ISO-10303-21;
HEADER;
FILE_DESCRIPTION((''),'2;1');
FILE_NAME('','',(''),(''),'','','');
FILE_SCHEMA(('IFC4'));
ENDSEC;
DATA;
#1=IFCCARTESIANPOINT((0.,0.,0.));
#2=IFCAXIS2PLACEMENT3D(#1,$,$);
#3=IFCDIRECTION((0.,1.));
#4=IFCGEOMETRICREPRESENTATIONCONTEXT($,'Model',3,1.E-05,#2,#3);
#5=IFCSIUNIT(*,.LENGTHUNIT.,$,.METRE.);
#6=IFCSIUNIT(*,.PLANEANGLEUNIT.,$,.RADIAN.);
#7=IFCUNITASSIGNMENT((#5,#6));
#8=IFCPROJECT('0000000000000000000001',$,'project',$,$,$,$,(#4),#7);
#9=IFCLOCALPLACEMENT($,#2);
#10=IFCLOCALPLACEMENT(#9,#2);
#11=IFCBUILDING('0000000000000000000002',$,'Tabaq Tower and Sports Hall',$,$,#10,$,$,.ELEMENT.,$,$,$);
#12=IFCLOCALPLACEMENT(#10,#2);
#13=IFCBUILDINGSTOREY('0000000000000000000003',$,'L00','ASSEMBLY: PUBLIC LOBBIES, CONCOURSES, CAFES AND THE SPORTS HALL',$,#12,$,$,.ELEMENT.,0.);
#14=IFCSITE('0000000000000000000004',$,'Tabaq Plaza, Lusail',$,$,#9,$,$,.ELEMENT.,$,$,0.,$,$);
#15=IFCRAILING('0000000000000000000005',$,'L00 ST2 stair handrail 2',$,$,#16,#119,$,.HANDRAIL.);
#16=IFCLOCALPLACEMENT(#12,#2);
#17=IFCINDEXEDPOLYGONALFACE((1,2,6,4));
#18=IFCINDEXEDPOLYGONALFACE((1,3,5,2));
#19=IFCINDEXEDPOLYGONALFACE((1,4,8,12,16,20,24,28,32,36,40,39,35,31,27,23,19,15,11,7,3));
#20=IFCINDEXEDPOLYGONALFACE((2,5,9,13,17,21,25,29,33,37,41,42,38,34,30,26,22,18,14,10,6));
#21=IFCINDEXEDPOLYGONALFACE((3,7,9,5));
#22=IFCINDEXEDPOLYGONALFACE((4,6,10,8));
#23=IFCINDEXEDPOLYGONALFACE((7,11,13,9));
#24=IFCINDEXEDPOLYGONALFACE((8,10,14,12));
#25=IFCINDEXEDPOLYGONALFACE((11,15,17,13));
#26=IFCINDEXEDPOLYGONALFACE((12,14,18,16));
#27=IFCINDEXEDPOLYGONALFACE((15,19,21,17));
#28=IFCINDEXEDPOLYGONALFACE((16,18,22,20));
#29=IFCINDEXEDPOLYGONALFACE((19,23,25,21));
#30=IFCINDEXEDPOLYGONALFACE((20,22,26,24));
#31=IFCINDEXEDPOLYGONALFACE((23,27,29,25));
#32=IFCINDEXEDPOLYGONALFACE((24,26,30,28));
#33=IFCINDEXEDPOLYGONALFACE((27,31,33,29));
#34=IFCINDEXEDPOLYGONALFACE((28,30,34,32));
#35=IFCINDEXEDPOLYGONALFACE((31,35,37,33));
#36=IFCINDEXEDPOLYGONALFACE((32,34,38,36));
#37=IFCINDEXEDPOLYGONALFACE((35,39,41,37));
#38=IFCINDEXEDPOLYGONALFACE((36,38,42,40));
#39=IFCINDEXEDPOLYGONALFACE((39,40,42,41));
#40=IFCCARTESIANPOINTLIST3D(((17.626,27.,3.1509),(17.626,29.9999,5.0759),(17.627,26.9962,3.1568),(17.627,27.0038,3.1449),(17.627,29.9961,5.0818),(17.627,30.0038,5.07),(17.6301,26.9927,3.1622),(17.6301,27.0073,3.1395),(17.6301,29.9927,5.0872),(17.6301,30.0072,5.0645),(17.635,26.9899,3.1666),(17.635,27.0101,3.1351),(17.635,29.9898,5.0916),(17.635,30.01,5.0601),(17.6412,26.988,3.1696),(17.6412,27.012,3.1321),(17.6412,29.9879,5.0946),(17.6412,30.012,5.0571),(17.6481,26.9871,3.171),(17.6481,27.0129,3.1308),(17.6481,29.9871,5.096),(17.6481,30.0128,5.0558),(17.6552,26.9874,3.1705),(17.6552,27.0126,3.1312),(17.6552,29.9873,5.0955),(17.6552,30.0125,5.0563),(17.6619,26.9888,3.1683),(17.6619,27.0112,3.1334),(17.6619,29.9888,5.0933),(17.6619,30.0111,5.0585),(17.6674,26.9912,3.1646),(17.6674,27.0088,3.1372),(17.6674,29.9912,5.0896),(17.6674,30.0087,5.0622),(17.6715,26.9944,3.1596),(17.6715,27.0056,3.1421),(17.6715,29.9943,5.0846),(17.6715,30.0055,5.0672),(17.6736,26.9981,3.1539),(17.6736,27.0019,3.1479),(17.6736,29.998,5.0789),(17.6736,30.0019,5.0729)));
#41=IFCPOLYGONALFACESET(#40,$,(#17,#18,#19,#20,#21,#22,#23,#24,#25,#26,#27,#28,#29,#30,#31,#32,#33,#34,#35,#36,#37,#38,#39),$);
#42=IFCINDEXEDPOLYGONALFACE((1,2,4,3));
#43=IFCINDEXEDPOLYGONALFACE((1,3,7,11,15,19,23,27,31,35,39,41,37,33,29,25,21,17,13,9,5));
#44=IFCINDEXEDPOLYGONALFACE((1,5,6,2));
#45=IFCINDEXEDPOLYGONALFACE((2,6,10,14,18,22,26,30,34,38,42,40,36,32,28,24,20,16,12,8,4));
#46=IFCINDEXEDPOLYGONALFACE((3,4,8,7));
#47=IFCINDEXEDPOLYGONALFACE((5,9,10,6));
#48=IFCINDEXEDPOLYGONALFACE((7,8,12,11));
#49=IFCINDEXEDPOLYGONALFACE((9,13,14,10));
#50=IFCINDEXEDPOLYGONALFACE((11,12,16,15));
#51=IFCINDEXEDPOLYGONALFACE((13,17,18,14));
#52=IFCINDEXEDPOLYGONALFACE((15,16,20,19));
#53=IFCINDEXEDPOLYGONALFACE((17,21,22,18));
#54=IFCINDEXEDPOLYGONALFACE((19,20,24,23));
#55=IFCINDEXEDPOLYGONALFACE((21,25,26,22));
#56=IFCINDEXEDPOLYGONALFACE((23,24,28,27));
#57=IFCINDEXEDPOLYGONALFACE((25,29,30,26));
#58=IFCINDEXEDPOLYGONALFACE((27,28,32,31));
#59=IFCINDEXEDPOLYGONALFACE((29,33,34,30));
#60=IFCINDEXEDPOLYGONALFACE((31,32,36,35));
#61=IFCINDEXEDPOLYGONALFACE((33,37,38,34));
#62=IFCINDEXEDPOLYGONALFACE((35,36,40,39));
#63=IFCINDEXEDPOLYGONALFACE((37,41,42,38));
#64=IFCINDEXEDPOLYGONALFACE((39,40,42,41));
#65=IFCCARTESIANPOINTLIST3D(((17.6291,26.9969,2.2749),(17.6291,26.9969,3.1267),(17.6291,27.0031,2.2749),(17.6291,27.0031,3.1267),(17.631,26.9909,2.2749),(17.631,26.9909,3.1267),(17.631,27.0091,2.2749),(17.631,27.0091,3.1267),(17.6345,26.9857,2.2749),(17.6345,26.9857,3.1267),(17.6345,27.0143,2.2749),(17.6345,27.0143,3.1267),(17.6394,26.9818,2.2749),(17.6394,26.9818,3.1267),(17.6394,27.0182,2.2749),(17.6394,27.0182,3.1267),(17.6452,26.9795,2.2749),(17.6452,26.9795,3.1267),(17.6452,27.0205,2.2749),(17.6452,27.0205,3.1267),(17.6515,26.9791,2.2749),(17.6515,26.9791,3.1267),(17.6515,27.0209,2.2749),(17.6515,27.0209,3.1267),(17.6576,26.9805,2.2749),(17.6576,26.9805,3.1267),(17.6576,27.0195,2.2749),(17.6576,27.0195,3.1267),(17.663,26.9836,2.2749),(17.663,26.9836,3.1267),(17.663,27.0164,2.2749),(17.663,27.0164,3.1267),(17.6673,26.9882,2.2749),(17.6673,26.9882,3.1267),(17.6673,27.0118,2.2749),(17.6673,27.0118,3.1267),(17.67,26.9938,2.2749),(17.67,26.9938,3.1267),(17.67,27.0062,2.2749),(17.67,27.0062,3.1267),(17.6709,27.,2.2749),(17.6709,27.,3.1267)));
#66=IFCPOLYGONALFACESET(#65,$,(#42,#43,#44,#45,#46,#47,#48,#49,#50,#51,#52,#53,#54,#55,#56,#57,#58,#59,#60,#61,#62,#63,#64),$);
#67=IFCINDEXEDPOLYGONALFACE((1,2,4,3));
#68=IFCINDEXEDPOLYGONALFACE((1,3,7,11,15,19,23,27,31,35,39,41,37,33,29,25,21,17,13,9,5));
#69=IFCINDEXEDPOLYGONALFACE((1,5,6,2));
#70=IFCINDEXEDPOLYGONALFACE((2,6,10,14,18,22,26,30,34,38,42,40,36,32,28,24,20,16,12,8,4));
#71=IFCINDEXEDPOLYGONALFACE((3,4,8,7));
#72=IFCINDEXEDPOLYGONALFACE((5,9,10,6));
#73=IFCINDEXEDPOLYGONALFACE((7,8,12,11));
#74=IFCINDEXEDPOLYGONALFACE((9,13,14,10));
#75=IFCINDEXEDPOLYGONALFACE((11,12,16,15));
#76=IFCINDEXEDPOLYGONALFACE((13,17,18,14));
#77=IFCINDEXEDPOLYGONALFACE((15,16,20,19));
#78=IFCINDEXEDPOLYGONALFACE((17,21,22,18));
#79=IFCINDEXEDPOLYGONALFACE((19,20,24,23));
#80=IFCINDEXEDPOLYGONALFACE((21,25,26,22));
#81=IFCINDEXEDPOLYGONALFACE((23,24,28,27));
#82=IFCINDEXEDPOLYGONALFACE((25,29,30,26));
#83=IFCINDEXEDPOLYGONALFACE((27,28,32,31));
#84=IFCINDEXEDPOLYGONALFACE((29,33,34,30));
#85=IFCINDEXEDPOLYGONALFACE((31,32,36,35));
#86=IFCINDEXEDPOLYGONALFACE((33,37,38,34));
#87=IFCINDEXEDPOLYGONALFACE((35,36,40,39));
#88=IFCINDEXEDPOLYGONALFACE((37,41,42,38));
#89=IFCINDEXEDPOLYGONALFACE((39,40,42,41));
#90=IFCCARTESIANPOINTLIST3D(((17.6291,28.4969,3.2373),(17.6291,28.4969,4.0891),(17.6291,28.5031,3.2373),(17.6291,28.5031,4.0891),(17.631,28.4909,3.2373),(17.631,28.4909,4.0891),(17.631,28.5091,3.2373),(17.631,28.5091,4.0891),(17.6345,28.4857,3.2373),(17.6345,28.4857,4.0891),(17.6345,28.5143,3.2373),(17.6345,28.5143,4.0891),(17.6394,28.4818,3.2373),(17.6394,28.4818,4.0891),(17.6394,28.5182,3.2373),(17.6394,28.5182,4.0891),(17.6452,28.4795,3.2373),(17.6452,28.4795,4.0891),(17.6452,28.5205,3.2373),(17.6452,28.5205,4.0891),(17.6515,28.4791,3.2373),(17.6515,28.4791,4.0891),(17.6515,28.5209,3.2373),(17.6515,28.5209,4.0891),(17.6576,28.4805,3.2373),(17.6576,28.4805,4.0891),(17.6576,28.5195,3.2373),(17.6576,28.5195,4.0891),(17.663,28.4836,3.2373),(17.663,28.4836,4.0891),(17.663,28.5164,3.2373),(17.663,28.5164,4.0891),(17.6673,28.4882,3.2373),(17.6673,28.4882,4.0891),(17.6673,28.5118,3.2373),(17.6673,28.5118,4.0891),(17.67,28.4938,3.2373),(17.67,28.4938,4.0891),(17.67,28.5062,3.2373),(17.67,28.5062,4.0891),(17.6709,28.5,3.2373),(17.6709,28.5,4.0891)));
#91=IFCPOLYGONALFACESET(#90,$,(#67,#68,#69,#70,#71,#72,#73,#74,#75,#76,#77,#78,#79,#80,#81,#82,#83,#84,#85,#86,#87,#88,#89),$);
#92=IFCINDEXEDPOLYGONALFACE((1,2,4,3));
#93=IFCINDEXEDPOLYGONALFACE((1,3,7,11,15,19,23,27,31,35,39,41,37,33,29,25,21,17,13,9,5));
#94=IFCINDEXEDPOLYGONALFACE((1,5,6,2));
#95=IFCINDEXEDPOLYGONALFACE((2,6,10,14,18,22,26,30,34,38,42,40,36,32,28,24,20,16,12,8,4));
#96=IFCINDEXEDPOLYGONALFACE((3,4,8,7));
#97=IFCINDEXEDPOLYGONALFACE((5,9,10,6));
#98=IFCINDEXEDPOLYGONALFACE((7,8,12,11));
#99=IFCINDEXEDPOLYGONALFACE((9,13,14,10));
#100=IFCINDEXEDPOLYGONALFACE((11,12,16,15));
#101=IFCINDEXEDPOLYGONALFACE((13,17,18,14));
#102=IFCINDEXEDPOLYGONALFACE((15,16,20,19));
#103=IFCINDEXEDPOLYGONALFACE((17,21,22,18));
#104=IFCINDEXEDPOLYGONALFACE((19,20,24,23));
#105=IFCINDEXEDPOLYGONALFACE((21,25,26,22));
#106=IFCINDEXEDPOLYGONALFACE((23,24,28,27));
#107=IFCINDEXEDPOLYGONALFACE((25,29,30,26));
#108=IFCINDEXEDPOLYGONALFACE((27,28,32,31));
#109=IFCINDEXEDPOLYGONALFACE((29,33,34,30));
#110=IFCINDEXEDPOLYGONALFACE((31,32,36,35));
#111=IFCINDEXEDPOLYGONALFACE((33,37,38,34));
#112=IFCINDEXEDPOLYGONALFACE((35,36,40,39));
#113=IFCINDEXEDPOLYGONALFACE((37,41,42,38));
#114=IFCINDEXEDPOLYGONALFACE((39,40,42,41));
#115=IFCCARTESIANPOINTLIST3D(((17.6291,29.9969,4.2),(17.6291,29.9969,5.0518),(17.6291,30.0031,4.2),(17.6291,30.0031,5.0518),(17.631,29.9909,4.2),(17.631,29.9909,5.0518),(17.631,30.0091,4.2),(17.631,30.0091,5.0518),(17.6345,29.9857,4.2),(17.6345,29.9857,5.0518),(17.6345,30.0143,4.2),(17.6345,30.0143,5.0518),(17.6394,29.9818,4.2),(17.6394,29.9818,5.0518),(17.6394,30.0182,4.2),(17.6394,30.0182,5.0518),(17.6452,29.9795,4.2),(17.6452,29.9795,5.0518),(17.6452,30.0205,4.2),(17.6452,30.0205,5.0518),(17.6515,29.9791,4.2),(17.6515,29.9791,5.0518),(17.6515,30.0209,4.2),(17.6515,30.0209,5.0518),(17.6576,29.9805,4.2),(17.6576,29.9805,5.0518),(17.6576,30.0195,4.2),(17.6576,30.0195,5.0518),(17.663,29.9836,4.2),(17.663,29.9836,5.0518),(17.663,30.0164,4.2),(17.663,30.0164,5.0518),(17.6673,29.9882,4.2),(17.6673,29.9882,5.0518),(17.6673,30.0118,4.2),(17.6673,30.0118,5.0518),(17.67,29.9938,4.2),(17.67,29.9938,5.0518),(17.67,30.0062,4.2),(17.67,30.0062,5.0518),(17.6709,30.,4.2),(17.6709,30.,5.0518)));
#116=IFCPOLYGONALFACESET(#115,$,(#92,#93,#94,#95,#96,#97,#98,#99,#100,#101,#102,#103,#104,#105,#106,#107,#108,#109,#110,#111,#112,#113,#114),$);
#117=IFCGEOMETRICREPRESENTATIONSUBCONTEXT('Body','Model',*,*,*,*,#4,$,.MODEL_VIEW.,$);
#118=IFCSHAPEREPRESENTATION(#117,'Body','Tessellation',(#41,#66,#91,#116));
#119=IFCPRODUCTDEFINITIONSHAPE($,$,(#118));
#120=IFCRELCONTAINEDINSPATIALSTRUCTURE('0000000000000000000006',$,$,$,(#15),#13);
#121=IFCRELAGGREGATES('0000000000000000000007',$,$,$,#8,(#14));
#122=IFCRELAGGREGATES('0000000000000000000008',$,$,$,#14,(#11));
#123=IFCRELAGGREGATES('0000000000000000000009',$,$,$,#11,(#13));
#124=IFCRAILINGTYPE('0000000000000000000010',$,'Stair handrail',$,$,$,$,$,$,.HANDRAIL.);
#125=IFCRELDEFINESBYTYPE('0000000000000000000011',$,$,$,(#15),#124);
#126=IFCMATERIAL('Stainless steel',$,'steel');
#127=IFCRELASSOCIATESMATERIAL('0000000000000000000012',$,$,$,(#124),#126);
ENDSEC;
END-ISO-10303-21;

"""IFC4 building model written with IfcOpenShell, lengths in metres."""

from ifc_helpers import new_model, si_unit, direction, frame, origin, origin_2d, place, context, subcontext, project, spatial, circle, extrude, material, type_object, element, save


model = new_model("IFC4")

# Units and contexts
model_context = context("Model", 3, precision=1e-05, world=origin(), true_north=direction((0.0, 1.0)))
body_context = subcontext(model_context, "Body", "Model", "MODEL_VIEW")
ifc_project = project(units=[si_unit("LENGTHUNIT", "METRE"), si_unit("PLANEANGLEUNIT", "RADIAN")], contexts=[model_context])

# Site, building, storey
site_placement = place(None, origin())
site = spatial("IfcSite", under=ifc_project, at=site_placement, Name="Tabaq Plaza, Lusail", CompositionType="ELEMENT", RefElevation=0.0)
building_placement = place(site_placement, origin())
building = spatial("IfcBuilding", under=site, at=building_placement, Name="Tabaq Tower and Sports Hall", CompositionType="ELEMENT")
storey_placement = place(building_placement, origin())
storey = spatial("IfcBuildingStorey", under=building, at=storey_placement, Name="L00", Description="ASSEMBLY: PUBLIC LOBBIES, CONCOURSES, CAFES AND THE SPORTS HALL", CompositionType="ELEMENT", Elevation=0.0)

# Railing
ifc_material_1 = material(Name="Stainless steel", Category="steel")
railing_type_1 = type_object("IfcRailingType", Name="Stair handrail", PredefinedType="HANDRAIL", material=ifc_material_1)
railing_1_placement = place(storey_placement, frame((17.6499, 27.0, 2.2749)))
element("IfcRailing", 1, at=railing_1_placement, inside=storey, type_object=railing_type_1, Name="L00 ST2 stair handrail 2", PredefinedType="HANDRAIL", context=body_context, shape_type="SweptSolid", body=[
    extrude(circle(Radius=0.0239, at=origin_2d()), frame((0.0, 0.0, 0.876), z_axis=(0.0, 0.841628, 0.540058), x_axis=(-1.0, 0.0, 0.0)), (0.0, 0.0, 1.0), 3.5645),
    extrude(circle(Radius=0.021, at=origin_2d()), origin(), (0.0, 0.0, 1.0), 0.8518),
    extrude(circle(Radius=0.021, at=origin_2d()), frame((0.0, 1.5, 0.9624)), (0.0, 0.0, 1.0), 0.8518),
    extrude(circle(Radius=0.021, at=origin_2d()), frame((0.0, 3.0, 1.925)), (0.0, 0.0, 1.0), 0.8518),
])

save(model, "model.ifc")
